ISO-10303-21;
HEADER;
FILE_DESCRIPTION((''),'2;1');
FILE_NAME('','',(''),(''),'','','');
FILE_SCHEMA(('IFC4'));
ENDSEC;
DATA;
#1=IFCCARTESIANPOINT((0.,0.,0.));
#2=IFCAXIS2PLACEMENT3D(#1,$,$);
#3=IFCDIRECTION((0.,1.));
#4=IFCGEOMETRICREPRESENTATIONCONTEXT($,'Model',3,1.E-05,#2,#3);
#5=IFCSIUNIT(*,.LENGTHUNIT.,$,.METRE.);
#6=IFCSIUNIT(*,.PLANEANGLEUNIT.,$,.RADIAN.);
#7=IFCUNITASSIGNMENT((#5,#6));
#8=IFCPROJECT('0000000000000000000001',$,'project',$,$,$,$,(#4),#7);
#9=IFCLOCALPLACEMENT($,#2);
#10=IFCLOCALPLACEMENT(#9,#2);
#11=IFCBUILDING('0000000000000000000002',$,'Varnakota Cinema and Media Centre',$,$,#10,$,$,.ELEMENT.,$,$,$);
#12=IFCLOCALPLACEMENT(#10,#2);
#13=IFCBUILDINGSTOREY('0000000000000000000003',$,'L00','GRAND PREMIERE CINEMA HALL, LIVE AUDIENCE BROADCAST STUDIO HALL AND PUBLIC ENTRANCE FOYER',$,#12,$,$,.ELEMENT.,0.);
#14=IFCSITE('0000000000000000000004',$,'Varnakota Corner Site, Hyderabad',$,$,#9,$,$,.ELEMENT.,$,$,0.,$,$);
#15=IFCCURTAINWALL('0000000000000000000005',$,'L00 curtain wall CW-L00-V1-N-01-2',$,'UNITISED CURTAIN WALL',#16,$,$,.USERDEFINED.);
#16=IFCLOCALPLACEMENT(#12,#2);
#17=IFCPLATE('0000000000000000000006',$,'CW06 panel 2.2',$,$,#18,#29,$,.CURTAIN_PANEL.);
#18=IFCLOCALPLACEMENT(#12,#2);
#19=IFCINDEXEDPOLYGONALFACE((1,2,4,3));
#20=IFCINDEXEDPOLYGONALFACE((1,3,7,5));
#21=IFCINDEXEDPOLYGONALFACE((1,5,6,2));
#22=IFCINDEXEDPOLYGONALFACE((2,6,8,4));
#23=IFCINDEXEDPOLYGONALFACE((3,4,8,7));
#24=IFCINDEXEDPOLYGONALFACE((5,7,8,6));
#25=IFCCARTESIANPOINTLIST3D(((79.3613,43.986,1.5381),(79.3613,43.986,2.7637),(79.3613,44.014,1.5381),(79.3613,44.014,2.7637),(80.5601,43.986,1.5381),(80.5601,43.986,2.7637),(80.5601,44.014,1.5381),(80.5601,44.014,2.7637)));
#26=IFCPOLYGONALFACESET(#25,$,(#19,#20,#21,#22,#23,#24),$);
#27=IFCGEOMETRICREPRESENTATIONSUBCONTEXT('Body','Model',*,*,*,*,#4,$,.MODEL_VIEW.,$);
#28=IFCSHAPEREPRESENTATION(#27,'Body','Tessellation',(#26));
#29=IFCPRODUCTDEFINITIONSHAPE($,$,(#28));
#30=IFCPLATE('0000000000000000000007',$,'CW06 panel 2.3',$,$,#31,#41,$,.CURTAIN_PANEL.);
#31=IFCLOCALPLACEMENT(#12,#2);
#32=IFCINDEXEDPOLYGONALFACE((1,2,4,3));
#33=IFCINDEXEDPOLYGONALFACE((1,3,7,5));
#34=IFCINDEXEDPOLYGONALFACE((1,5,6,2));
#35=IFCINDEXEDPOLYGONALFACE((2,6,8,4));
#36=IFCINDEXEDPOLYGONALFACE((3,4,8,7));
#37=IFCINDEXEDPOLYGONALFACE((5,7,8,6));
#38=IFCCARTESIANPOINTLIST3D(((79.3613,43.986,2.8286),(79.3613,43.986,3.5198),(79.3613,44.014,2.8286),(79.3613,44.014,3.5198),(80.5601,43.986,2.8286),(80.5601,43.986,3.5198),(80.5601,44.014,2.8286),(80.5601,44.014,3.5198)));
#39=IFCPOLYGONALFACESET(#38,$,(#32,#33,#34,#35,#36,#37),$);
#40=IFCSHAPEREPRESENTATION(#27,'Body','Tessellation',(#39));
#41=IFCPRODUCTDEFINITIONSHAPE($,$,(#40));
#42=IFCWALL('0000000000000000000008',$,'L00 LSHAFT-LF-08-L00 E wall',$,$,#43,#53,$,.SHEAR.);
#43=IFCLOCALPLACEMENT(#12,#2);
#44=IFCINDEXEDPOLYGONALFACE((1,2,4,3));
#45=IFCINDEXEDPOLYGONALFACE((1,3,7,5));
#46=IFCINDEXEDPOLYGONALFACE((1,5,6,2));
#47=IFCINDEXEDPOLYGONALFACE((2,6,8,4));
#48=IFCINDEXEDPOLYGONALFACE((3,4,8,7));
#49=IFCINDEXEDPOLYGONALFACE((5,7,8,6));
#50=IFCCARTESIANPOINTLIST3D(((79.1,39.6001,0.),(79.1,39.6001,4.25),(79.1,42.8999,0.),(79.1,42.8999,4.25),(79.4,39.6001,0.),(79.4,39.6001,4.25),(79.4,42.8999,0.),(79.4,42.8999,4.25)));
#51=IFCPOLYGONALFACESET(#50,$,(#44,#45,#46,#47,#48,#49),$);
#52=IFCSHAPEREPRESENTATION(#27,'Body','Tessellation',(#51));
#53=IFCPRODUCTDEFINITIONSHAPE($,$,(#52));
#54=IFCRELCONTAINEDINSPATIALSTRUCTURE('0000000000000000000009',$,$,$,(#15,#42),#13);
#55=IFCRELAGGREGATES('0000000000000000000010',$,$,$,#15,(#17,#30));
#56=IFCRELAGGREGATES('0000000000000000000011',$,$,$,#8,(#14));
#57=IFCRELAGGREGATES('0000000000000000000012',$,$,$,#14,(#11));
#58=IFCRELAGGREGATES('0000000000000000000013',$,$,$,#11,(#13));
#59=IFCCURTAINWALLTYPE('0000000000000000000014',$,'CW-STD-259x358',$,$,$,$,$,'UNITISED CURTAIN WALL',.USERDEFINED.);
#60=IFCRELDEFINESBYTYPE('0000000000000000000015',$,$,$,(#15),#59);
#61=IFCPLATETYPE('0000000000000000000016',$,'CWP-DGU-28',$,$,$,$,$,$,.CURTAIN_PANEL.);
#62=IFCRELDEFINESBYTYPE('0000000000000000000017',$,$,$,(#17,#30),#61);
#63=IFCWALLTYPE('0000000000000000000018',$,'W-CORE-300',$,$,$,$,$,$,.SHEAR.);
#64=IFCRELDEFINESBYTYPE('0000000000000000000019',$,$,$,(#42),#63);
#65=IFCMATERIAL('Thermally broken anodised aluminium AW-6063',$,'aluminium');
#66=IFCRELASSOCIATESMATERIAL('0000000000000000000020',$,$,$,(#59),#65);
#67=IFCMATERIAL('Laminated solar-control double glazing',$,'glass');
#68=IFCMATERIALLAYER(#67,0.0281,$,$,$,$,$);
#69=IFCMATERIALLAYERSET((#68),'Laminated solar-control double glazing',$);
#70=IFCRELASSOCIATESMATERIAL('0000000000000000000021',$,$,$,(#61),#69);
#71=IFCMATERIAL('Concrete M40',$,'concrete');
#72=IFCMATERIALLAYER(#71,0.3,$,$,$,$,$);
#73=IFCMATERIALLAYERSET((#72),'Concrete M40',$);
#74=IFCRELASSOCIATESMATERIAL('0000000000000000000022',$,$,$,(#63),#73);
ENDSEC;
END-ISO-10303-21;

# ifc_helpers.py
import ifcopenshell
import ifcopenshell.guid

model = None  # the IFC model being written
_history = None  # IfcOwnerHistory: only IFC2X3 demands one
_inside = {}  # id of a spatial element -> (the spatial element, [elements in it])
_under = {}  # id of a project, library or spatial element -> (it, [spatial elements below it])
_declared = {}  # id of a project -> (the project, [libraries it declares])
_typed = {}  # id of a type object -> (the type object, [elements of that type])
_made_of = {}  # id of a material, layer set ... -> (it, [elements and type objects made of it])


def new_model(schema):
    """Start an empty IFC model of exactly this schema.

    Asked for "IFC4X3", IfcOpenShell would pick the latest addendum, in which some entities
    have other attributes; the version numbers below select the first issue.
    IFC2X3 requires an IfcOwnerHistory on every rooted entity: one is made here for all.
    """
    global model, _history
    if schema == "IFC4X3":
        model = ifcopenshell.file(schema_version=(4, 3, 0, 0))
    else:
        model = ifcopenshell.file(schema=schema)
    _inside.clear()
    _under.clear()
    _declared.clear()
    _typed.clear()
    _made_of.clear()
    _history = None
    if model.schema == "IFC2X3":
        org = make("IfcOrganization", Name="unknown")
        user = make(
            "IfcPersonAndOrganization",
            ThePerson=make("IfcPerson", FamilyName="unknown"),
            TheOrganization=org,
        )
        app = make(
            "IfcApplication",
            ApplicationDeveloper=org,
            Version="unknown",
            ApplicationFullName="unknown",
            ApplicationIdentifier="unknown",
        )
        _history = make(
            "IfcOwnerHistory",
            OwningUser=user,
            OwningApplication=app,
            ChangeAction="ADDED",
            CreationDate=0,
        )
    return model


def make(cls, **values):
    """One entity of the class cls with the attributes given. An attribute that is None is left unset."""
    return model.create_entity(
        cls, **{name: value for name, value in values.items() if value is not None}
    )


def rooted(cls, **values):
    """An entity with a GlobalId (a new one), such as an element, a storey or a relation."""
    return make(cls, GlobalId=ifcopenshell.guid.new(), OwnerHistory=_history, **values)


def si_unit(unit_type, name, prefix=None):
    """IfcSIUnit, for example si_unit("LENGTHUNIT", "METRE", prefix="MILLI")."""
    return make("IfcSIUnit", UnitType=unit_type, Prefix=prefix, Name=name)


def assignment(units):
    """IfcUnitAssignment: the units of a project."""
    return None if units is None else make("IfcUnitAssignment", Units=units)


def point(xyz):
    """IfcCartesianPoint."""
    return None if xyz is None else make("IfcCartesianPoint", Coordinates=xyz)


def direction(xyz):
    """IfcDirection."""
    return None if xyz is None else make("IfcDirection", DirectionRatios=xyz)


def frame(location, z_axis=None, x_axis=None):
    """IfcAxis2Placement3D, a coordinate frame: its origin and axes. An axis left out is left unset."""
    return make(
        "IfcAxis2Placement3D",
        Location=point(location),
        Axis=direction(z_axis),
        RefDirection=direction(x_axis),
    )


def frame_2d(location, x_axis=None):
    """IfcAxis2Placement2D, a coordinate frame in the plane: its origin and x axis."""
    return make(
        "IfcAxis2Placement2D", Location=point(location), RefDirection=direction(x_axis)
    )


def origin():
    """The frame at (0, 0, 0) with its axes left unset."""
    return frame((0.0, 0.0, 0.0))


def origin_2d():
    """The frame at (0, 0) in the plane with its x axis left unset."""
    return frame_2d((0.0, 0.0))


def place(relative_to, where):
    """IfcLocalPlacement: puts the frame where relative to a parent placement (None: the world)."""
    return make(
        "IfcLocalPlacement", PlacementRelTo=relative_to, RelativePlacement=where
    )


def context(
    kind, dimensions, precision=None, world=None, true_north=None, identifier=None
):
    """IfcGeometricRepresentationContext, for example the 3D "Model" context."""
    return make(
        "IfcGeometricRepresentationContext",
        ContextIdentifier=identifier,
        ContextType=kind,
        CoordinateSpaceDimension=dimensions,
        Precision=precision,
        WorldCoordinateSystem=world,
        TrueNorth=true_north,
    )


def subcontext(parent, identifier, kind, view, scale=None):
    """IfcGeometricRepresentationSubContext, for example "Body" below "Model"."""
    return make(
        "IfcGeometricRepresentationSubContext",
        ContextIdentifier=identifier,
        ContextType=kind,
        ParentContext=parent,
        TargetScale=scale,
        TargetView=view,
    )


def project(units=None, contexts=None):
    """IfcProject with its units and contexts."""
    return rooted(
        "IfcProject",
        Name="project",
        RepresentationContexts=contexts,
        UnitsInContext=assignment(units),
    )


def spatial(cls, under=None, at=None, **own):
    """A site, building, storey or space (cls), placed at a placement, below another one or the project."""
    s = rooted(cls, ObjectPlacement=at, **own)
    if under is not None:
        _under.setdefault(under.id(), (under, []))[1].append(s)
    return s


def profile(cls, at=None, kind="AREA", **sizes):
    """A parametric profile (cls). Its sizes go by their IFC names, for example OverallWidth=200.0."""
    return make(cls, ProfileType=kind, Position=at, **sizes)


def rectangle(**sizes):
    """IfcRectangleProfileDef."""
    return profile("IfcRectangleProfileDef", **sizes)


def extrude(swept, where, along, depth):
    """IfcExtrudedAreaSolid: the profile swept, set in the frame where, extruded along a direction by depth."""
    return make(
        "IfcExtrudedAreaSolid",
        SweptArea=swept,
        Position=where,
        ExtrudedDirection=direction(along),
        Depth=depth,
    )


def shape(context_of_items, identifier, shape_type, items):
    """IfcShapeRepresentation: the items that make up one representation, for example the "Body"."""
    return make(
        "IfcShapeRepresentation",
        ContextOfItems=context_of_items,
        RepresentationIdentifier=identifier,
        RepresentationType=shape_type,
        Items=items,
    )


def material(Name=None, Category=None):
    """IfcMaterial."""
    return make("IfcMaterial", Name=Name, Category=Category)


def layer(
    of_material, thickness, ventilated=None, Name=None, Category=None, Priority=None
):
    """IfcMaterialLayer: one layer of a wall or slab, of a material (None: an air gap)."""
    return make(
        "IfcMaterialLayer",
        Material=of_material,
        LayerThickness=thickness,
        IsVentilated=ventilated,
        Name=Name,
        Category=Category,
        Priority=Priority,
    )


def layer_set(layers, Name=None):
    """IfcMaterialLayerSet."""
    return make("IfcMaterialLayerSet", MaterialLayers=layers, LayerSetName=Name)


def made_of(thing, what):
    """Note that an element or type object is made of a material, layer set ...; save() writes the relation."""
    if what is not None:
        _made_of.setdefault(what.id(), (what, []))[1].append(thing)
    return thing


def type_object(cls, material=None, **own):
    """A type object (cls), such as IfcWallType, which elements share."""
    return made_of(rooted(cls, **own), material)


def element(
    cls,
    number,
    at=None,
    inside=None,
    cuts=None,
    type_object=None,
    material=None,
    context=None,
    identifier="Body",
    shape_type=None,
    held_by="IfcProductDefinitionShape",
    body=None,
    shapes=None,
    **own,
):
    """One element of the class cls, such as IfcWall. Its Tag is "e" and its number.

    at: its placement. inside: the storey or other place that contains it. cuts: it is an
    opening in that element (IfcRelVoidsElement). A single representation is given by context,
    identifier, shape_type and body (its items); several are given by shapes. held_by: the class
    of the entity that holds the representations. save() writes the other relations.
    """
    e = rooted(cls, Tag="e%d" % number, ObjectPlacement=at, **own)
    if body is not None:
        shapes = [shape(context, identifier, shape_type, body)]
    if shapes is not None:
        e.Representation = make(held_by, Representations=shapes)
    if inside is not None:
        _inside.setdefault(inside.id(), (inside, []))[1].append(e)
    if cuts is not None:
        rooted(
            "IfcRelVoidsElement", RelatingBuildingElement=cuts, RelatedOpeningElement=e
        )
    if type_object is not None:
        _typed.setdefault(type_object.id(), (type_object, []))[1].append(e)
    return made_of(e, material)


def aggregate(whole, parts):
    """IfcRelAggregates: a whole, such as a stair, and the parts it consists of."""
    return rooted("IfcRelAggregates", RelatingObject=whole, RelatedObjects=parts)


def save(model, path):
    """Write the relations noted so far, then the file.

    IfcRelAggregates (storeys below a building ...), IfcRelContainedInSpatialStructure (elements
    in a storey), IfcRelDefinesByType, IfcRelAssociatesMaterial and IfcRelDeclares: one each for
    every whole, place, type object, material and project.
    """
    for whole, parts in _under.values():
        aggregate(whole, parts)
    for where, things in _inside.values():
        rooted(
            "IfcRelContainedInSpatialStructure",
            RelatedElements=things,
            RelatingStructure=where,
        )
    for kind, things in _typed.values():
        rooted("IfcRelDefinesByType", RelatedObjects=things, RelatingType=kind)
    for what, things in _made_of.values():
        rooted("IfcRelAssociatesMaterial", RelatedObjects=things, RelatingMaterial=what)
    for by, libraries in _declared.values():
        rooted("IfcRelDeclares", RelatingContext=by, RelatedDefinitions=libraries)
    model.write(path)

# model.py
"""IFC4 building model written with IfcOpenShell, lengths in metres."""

from ifc_helpers import new_model, si_unit, direction, frame, frame_2d, origin, origin_2d, place, context, subcontext, project, spatial, rectangle, extrude, material, layer, layer_set, type_object, element, aggregate, save


model = new_model("IFC4")

# Units and contexts
model_context = context("Model", 3, precision=1e-05, world=origin(), true_north=direction((0.0, 1.0)))
body_context = subcontext(model_context, "Body", "Model", "MODEL_VIEW")
ifc_project = project(units=[si_unit("LENGTHUNIT", "METRE"), si_unit("PLANEANGLEUNIT", "RADIAN")], contexts=[model_context])

# Site, building, storey
site_placement = place(None, origin())
site = spatial("IfcSite", under=ifc_project, at=site_placement, Name="Varnakota Corner Site, Hyderabad", CompositionType="ELEMENT", RefElevation=0.0)
building_placement = place(site_placement, origin())
building = spatial("IfcBuilding", under=site, at=building_placement, Name="Varnakota Cinema and Media Centre", CompositionType="ELEMENT")
storey_placement = place(building_placement, origin())
storey = spatial("IfcBuildingStorey", under=building, at=storey_placement, Name="L00", Description="GRAND PREMIERE CINEMA HALL, LIVE AUDIENCE BROADCAST STUDIO HALL AND PUBLIC ENTRANCE FOYER", CompositionType="ELEMENT", Elevation=0.0)

# Curtain wall
ifc_material_1 = material(Name="Thermally broken anodised aluminium AW-6063", Category="aluminium")
curtain_wall_type = type_object("IfcCurtainWallType", Name="CW-STD-259x358", ElementType="UNITISED CURTAIN WALL", PredefinedType="USERDEFINED", material=ifc_material_1)
curtain_wall_1_placement = place(storey_placement, origin())
curtain_wall_1 = element("IfcCurtainWall", 1, at=curtain_wall_1_placement, inside=storey, type_object=curtain_wall_type, Name="L00 curtain wall CW-L00-V1-N-01-2", ObjectType="UNITISED CURTAIN WALL", PredefinedType="USERDEFINED")

# Plates
ifc_material_2 = material(Name="Laminated solar-control double glazing", Category="glass")
ifc_layer_1 = layer(ifc_material_2, 0.0281)
ifc_layer_set_1 = layer_set([ifc_layer_1], Name="Laminated solar-control double glazing")
plate_type = type_object("IfcPlateType", Name="CWP-DGU-28", PredefinedType="CURTAIN_PANEL", material=ifc_layer_set_1)
plate_1_placement = place(storey_placement, frame((79.9607, 44.0, 1.5381), z_axis=(0.0, 0.0, 1.0), x_axis=(1.0, 0.0, 0.0)))
plate_1 = element("IfcPlate", 2, at=plate_1_placement, type_object=plate_type, Name="CW06 panel 2.2", PredefinedType="CURTAIN_PANEL", context=body_context, shape_type="SweptSolid", body=[
    extrude(rectangle(XDim=1.1987, YDim=0.0281, at=origin_2d()), origin(), (0.0, 0.0, 1.0), 1.2256),
])
plate_2_placement = place(storey_placement, frame((79.9607, 44.0, 2.8286), z_axis=(0.0, 0.0, 1.0), x_axis=(1.0, 0.0, 0.0)))
plate_2 = element("IfcPlate", 3, at=plate_2_placement, type_object=plate_type, Name="CW06 panel 2.3", PredefinedType="CURTAIN_PANEL", context=body_context, shape_type="SweptSolid", body=[
    extrude(rectangle(XDim=1.1987, YDim=0.0281, at=origin_2d()), origin(), (0.0, 0.0, 1.0), 0.6912),
])
aggregate(curtain_wall_1, [plate_1, plate_2])

# Shared definitions
ifc_material_3 = material(Name="Concrete M40", Category="concrete")
ifc_layer_2 = layer(ifc_material_3, 0.3)
ifc_layer_set_2 = layer_set([ifc_layer_2], Name="Concrete M40")
wall_type = type_object("IfcWallType", Name="W-CORE-300", PredefinedType="SHEAR", material=ifc_layer_set_2)

# Wall
wall_1_placement = place(storey_placement, frame((79.25, 42.8999, 0.0), z_axis=(0.0, 0.0, 1.0), x_axis=(0.0, -1.0, 0.0)))
element("IfcWall", 4, at=wall_1_placement, inside=storey, type_object=wall_type, Name="L00 LSHAFT-LF-08-L00 E wall", PredefinedType="SHEAR", context=body_context, shape_type="SweptSolid", body=[
    extrude(rectangle(XDim=3.2998, YDim=0.3, at=frame_2d((1.6499, 0.0))), origin(), (0.0, 0.0, 1.0), 4.25),
])

save(model, "model.ifc")
